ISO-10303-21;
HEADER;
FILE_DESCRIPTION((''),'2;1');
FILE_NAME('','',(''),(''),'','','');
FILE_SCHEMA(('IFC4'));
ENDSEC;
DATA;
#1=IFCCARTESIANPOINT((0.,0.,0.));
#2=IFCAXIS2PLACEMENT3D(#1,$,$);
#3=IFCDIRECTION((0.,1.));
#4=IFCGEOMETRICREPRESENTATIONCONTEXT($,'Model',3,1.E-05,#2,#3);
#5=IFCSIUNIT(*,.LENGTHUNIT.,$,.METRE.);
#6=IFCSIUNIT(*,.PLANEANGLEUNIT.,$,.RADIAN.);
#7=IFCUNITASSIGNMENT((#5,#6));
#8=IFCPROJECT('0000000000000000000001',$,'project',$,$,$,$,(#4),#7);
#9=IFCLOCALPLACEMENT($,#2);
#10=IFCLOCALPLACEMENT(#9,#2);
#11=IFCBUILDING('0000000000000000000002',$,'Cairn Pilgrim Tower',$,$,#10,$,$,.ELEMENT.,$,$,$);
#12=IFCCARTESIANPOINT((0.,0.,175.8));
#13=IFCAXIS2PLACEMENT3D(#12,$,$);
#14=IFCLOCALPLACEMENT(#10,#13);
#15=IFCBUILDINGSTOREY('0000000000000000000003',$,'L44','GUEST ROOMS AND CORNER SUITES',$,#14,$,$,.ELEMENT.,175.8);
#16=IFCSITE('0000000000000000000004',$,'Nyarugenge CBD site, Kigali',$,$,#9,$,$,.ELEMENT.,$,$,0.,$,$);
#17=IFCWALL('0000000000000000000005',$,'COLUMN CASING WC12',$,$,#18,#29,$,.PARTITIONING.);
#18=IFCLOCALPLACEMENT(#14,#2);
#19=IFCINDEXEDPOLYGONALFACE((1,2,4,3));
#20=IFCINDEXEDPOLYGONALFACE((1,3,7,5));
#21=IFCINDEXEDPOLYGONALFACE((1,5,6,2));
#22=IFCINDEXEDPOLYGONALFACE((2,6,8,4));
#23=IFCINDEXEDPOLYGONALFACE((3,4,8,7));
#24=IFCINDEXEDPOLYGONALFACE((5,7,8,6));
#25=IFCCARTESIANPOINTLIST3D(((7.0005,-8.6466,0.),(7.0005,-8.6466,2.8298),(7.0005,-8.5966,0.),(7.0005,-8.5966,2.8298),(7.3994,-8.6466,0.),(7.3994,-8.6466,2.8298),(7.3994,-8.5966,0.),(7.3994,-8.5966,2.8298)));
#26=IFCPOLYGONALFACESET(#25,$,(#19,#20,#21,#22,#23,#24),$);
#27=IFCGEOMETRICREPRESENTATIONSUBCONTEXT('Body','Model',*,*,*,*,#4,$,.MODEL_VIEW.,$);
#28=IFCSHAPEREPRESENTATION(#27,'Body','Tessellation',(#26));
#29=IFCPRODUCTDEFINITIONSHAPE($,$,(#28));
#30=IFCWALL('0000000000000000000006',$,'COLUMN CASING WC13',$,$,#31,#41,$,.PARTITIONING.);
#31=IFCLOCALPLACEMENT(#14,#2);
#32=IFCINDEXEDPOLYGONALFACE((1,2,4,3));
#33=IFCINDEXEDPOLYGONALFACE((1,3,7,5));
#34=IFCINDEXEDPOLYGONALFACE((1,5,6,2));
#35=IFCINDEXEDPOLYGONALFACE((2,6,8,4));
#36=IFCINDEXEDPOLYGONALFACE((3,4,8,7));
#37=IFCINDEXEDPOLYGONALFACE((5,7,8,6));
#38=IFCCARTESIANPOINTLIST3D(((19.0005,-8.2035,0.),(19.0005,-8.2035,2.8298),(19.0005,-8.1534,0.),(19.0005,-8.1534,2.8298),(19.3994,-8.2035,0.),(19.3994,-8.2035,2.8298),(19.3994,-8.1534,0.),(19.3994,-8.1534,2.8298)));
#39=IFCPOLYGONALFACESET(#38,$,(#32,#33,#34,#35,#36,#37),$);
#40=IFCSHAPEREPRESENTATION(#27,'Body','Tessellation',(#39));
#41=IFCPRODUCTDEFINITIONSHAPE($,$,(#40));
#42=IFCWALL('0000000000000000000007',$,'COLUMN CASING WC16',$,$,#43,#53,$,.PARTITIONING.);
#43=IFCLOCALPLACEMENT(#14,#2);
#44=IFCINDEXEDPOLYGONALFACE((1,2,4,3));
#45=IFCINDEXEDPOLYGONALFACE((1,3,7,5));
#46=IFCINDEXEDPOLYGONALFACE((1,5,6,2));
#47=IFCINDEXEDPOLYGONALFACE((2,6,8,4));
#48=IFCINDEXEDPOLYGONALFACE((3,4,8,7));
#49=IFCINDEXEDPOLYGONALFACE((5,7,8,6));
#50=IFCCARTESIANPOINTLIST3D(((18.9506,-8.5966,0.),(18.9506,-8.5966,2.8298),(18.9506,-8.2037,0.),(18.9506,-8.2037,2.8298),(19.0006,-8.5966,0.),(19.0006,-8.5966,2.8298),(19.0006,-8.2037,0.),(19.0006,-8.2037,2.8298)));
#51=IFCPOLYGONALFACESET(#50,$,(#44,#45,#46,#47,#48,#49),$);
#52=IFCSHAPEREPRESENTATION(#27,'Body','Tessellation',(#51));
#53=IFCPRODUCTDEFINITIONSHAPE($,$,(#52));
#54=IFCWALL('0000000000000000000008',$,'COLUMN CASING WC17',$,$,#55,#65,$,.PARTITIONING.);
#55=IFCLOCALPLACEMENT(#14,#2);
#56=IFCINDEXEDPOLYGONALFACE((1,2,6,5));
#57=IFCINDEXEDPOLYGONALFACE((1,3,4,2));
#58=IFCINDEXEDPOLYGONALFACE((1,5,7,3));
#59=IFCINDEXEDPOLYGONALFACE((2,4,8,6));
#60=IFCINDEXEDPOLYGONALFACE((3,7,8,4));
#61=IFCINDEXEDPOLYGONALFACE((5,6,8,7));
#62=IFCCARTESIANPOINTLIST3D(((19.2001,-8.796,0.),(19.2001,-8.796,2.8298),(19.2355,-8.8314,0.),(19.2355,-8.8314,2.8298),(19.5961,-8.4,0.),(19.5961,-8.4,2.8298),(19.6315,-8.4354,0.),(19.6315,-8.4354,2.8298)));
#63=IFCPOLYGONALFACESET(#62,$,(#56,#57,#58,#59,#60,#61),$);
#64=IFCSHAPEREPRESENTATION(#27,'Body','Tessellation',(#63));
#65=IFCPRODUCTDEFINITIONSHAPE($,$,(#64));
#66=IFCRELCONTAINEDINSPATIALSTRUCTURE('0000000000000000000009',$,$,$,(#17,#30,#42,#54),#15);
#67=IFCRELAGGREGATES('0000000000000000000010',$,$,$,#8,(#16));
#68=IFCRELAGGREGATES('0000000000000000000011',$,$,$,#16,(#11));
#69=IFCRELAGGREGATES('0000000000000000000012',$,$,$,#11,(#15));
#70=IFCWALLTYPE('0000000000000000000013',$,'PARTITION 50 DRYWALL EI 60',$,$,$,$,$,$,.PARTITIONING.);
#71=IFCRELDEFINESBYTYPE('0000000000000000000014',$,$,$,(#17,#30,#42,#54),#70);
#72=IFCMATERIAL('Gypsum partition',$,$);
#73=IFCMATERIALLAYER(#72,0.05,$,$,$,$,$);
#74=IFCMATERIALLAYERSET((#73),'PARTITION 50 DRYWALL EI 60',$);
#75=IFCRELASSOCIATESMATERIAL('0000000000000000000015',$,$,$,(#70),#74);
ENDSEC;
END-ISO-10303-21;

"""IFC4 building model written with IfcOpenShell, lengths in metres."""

from ifc_helpers import new_model, si_unit, direction, frame, frame_2d, origin, place, context, subcontext, project, spatial, rectangle, extrude, material, layer, layer_set, type_object, element, save


model = new_model("IFC4")

# Units and contexts
model_context = context("Model", 3, precision=1e-05, world=origin(), true_north=direction((0.0, 1.0)))
body_context = subcontext(model_context, "Body", "Model", "MODEL_VIEW")
ifc_project = project(units=[si_unit("LENGTHUNIT", "METRE"), si_unit("PLANEANGLEUNIT", "RADIAN")], contexts=[model_context])

# Site, building, storey
site_placement = place(None, origin())
site = spatial("IfcSite", under=ifc_project, at=site_placement, Name="Nyarugenge CBD site, Kigali", CompositionType="ELEMENT", RefElevation=0.0)
building_placement = place(site_placement, origin())
building = spatial("IfcBuilding", under=site, at=building_placement, Name="Cairn Pilgrim Tower", CompositionType="ELEMENT")
storey_placement = place(building_placement, frame((0.0, 0.0, 175.8)))
storey = spatial("IfcBuildingStorey", under=building, at=storey_placement, Name="L44", Description="GUEST ROOMS AND CORNER SUITES", CompositionType="ELEMENT", Elevation=175.8)

# Shared definitions
ifc_material_1 = material(Name="Gypsum partition")

# Walls
ifc_layer_1 = layer(ifc_material_1, 0.05)
ifc_layer_set_1 = layer_set([ifc_layer_1], Name="PARTITION 50 DRYWALL EI 60")
wall_type_1 = type_object("IfcWallType", Name="PARTITION 50 DRYWALL EI 60", PredefinedType="PARTITIONING", material=ifc_layer_set_1)
for number, where, z_axis, x_axis, name in (
    (1, (7.0005, -8.6216, 0.0), (0.0, 0.0, 1.0), (1.0, 0.0, 0.0), "COLUMN CASING WC12"),
    (2, (19.0005, -8.1785, 0.0), (0.0, 0.0, 1.0), (1.0, 0.0, 0.0), "COLUMN CASING WC13"),
):
    element("IfcWall", number, at=place(storey_placement, frame(where, z_axis=z_axis, x_axis=x_axis)), inside=storey, type_object=wall_type_1, Name=name, PredefinedType="PARTITIONING", context=body_context, shape_type="SweptSolid", body=[
        extrude(rectangle(XDim=0.3989, YDim=0.05, at=frame_2d((0.1995, 0.0))), origin(), (0.0, 0.0, 1.0), 2.8298),
    ])
wall_1_placement = place(storey_placement, frame((18.9756, -8.5964, 0.0), z_axis=(0.0, 0.0, 1.0), x_axis=(0.0, 1.0, 0.0)))
element("IfcWall", 3, at=wall_1_placement, inside=storey, type_object=wall_type_1, Name="COLUMN CASING WC16", PredefinedType="PARTITIONING", context=body_context, shape_type="SweptSolid", body=[
    extrude(rectangle(XDim=0.3928, YDim=0.05, at=frame_2d((0.1963, 0.0))), origin(), (0.0, 0.0, 1.0), 2.8298),
])
wall_2_placement = place(storey_placement, frame((19.2178, -8.8137, 0.0), z_axis=(0.0, 0.0, 1.0), x_axis=(0.707107, 0.707107, 0.0)))
element("IfcWall", 4, at=wall_2_placement, inside=storey, type_object=wall_type_1, Name="COLUMN CASING WC17", PredefinedType="PARTITIONING", context=body_context, shape_type="SweptSolid", body=[
    extrude(rectangle(XDim=0.5601, YDim=0.05, at=frame_2d((0.28, 0.0))), origin(), (0.0, 0.0, 1.0), 2.8298),
])

save(model, "model.ifc")
